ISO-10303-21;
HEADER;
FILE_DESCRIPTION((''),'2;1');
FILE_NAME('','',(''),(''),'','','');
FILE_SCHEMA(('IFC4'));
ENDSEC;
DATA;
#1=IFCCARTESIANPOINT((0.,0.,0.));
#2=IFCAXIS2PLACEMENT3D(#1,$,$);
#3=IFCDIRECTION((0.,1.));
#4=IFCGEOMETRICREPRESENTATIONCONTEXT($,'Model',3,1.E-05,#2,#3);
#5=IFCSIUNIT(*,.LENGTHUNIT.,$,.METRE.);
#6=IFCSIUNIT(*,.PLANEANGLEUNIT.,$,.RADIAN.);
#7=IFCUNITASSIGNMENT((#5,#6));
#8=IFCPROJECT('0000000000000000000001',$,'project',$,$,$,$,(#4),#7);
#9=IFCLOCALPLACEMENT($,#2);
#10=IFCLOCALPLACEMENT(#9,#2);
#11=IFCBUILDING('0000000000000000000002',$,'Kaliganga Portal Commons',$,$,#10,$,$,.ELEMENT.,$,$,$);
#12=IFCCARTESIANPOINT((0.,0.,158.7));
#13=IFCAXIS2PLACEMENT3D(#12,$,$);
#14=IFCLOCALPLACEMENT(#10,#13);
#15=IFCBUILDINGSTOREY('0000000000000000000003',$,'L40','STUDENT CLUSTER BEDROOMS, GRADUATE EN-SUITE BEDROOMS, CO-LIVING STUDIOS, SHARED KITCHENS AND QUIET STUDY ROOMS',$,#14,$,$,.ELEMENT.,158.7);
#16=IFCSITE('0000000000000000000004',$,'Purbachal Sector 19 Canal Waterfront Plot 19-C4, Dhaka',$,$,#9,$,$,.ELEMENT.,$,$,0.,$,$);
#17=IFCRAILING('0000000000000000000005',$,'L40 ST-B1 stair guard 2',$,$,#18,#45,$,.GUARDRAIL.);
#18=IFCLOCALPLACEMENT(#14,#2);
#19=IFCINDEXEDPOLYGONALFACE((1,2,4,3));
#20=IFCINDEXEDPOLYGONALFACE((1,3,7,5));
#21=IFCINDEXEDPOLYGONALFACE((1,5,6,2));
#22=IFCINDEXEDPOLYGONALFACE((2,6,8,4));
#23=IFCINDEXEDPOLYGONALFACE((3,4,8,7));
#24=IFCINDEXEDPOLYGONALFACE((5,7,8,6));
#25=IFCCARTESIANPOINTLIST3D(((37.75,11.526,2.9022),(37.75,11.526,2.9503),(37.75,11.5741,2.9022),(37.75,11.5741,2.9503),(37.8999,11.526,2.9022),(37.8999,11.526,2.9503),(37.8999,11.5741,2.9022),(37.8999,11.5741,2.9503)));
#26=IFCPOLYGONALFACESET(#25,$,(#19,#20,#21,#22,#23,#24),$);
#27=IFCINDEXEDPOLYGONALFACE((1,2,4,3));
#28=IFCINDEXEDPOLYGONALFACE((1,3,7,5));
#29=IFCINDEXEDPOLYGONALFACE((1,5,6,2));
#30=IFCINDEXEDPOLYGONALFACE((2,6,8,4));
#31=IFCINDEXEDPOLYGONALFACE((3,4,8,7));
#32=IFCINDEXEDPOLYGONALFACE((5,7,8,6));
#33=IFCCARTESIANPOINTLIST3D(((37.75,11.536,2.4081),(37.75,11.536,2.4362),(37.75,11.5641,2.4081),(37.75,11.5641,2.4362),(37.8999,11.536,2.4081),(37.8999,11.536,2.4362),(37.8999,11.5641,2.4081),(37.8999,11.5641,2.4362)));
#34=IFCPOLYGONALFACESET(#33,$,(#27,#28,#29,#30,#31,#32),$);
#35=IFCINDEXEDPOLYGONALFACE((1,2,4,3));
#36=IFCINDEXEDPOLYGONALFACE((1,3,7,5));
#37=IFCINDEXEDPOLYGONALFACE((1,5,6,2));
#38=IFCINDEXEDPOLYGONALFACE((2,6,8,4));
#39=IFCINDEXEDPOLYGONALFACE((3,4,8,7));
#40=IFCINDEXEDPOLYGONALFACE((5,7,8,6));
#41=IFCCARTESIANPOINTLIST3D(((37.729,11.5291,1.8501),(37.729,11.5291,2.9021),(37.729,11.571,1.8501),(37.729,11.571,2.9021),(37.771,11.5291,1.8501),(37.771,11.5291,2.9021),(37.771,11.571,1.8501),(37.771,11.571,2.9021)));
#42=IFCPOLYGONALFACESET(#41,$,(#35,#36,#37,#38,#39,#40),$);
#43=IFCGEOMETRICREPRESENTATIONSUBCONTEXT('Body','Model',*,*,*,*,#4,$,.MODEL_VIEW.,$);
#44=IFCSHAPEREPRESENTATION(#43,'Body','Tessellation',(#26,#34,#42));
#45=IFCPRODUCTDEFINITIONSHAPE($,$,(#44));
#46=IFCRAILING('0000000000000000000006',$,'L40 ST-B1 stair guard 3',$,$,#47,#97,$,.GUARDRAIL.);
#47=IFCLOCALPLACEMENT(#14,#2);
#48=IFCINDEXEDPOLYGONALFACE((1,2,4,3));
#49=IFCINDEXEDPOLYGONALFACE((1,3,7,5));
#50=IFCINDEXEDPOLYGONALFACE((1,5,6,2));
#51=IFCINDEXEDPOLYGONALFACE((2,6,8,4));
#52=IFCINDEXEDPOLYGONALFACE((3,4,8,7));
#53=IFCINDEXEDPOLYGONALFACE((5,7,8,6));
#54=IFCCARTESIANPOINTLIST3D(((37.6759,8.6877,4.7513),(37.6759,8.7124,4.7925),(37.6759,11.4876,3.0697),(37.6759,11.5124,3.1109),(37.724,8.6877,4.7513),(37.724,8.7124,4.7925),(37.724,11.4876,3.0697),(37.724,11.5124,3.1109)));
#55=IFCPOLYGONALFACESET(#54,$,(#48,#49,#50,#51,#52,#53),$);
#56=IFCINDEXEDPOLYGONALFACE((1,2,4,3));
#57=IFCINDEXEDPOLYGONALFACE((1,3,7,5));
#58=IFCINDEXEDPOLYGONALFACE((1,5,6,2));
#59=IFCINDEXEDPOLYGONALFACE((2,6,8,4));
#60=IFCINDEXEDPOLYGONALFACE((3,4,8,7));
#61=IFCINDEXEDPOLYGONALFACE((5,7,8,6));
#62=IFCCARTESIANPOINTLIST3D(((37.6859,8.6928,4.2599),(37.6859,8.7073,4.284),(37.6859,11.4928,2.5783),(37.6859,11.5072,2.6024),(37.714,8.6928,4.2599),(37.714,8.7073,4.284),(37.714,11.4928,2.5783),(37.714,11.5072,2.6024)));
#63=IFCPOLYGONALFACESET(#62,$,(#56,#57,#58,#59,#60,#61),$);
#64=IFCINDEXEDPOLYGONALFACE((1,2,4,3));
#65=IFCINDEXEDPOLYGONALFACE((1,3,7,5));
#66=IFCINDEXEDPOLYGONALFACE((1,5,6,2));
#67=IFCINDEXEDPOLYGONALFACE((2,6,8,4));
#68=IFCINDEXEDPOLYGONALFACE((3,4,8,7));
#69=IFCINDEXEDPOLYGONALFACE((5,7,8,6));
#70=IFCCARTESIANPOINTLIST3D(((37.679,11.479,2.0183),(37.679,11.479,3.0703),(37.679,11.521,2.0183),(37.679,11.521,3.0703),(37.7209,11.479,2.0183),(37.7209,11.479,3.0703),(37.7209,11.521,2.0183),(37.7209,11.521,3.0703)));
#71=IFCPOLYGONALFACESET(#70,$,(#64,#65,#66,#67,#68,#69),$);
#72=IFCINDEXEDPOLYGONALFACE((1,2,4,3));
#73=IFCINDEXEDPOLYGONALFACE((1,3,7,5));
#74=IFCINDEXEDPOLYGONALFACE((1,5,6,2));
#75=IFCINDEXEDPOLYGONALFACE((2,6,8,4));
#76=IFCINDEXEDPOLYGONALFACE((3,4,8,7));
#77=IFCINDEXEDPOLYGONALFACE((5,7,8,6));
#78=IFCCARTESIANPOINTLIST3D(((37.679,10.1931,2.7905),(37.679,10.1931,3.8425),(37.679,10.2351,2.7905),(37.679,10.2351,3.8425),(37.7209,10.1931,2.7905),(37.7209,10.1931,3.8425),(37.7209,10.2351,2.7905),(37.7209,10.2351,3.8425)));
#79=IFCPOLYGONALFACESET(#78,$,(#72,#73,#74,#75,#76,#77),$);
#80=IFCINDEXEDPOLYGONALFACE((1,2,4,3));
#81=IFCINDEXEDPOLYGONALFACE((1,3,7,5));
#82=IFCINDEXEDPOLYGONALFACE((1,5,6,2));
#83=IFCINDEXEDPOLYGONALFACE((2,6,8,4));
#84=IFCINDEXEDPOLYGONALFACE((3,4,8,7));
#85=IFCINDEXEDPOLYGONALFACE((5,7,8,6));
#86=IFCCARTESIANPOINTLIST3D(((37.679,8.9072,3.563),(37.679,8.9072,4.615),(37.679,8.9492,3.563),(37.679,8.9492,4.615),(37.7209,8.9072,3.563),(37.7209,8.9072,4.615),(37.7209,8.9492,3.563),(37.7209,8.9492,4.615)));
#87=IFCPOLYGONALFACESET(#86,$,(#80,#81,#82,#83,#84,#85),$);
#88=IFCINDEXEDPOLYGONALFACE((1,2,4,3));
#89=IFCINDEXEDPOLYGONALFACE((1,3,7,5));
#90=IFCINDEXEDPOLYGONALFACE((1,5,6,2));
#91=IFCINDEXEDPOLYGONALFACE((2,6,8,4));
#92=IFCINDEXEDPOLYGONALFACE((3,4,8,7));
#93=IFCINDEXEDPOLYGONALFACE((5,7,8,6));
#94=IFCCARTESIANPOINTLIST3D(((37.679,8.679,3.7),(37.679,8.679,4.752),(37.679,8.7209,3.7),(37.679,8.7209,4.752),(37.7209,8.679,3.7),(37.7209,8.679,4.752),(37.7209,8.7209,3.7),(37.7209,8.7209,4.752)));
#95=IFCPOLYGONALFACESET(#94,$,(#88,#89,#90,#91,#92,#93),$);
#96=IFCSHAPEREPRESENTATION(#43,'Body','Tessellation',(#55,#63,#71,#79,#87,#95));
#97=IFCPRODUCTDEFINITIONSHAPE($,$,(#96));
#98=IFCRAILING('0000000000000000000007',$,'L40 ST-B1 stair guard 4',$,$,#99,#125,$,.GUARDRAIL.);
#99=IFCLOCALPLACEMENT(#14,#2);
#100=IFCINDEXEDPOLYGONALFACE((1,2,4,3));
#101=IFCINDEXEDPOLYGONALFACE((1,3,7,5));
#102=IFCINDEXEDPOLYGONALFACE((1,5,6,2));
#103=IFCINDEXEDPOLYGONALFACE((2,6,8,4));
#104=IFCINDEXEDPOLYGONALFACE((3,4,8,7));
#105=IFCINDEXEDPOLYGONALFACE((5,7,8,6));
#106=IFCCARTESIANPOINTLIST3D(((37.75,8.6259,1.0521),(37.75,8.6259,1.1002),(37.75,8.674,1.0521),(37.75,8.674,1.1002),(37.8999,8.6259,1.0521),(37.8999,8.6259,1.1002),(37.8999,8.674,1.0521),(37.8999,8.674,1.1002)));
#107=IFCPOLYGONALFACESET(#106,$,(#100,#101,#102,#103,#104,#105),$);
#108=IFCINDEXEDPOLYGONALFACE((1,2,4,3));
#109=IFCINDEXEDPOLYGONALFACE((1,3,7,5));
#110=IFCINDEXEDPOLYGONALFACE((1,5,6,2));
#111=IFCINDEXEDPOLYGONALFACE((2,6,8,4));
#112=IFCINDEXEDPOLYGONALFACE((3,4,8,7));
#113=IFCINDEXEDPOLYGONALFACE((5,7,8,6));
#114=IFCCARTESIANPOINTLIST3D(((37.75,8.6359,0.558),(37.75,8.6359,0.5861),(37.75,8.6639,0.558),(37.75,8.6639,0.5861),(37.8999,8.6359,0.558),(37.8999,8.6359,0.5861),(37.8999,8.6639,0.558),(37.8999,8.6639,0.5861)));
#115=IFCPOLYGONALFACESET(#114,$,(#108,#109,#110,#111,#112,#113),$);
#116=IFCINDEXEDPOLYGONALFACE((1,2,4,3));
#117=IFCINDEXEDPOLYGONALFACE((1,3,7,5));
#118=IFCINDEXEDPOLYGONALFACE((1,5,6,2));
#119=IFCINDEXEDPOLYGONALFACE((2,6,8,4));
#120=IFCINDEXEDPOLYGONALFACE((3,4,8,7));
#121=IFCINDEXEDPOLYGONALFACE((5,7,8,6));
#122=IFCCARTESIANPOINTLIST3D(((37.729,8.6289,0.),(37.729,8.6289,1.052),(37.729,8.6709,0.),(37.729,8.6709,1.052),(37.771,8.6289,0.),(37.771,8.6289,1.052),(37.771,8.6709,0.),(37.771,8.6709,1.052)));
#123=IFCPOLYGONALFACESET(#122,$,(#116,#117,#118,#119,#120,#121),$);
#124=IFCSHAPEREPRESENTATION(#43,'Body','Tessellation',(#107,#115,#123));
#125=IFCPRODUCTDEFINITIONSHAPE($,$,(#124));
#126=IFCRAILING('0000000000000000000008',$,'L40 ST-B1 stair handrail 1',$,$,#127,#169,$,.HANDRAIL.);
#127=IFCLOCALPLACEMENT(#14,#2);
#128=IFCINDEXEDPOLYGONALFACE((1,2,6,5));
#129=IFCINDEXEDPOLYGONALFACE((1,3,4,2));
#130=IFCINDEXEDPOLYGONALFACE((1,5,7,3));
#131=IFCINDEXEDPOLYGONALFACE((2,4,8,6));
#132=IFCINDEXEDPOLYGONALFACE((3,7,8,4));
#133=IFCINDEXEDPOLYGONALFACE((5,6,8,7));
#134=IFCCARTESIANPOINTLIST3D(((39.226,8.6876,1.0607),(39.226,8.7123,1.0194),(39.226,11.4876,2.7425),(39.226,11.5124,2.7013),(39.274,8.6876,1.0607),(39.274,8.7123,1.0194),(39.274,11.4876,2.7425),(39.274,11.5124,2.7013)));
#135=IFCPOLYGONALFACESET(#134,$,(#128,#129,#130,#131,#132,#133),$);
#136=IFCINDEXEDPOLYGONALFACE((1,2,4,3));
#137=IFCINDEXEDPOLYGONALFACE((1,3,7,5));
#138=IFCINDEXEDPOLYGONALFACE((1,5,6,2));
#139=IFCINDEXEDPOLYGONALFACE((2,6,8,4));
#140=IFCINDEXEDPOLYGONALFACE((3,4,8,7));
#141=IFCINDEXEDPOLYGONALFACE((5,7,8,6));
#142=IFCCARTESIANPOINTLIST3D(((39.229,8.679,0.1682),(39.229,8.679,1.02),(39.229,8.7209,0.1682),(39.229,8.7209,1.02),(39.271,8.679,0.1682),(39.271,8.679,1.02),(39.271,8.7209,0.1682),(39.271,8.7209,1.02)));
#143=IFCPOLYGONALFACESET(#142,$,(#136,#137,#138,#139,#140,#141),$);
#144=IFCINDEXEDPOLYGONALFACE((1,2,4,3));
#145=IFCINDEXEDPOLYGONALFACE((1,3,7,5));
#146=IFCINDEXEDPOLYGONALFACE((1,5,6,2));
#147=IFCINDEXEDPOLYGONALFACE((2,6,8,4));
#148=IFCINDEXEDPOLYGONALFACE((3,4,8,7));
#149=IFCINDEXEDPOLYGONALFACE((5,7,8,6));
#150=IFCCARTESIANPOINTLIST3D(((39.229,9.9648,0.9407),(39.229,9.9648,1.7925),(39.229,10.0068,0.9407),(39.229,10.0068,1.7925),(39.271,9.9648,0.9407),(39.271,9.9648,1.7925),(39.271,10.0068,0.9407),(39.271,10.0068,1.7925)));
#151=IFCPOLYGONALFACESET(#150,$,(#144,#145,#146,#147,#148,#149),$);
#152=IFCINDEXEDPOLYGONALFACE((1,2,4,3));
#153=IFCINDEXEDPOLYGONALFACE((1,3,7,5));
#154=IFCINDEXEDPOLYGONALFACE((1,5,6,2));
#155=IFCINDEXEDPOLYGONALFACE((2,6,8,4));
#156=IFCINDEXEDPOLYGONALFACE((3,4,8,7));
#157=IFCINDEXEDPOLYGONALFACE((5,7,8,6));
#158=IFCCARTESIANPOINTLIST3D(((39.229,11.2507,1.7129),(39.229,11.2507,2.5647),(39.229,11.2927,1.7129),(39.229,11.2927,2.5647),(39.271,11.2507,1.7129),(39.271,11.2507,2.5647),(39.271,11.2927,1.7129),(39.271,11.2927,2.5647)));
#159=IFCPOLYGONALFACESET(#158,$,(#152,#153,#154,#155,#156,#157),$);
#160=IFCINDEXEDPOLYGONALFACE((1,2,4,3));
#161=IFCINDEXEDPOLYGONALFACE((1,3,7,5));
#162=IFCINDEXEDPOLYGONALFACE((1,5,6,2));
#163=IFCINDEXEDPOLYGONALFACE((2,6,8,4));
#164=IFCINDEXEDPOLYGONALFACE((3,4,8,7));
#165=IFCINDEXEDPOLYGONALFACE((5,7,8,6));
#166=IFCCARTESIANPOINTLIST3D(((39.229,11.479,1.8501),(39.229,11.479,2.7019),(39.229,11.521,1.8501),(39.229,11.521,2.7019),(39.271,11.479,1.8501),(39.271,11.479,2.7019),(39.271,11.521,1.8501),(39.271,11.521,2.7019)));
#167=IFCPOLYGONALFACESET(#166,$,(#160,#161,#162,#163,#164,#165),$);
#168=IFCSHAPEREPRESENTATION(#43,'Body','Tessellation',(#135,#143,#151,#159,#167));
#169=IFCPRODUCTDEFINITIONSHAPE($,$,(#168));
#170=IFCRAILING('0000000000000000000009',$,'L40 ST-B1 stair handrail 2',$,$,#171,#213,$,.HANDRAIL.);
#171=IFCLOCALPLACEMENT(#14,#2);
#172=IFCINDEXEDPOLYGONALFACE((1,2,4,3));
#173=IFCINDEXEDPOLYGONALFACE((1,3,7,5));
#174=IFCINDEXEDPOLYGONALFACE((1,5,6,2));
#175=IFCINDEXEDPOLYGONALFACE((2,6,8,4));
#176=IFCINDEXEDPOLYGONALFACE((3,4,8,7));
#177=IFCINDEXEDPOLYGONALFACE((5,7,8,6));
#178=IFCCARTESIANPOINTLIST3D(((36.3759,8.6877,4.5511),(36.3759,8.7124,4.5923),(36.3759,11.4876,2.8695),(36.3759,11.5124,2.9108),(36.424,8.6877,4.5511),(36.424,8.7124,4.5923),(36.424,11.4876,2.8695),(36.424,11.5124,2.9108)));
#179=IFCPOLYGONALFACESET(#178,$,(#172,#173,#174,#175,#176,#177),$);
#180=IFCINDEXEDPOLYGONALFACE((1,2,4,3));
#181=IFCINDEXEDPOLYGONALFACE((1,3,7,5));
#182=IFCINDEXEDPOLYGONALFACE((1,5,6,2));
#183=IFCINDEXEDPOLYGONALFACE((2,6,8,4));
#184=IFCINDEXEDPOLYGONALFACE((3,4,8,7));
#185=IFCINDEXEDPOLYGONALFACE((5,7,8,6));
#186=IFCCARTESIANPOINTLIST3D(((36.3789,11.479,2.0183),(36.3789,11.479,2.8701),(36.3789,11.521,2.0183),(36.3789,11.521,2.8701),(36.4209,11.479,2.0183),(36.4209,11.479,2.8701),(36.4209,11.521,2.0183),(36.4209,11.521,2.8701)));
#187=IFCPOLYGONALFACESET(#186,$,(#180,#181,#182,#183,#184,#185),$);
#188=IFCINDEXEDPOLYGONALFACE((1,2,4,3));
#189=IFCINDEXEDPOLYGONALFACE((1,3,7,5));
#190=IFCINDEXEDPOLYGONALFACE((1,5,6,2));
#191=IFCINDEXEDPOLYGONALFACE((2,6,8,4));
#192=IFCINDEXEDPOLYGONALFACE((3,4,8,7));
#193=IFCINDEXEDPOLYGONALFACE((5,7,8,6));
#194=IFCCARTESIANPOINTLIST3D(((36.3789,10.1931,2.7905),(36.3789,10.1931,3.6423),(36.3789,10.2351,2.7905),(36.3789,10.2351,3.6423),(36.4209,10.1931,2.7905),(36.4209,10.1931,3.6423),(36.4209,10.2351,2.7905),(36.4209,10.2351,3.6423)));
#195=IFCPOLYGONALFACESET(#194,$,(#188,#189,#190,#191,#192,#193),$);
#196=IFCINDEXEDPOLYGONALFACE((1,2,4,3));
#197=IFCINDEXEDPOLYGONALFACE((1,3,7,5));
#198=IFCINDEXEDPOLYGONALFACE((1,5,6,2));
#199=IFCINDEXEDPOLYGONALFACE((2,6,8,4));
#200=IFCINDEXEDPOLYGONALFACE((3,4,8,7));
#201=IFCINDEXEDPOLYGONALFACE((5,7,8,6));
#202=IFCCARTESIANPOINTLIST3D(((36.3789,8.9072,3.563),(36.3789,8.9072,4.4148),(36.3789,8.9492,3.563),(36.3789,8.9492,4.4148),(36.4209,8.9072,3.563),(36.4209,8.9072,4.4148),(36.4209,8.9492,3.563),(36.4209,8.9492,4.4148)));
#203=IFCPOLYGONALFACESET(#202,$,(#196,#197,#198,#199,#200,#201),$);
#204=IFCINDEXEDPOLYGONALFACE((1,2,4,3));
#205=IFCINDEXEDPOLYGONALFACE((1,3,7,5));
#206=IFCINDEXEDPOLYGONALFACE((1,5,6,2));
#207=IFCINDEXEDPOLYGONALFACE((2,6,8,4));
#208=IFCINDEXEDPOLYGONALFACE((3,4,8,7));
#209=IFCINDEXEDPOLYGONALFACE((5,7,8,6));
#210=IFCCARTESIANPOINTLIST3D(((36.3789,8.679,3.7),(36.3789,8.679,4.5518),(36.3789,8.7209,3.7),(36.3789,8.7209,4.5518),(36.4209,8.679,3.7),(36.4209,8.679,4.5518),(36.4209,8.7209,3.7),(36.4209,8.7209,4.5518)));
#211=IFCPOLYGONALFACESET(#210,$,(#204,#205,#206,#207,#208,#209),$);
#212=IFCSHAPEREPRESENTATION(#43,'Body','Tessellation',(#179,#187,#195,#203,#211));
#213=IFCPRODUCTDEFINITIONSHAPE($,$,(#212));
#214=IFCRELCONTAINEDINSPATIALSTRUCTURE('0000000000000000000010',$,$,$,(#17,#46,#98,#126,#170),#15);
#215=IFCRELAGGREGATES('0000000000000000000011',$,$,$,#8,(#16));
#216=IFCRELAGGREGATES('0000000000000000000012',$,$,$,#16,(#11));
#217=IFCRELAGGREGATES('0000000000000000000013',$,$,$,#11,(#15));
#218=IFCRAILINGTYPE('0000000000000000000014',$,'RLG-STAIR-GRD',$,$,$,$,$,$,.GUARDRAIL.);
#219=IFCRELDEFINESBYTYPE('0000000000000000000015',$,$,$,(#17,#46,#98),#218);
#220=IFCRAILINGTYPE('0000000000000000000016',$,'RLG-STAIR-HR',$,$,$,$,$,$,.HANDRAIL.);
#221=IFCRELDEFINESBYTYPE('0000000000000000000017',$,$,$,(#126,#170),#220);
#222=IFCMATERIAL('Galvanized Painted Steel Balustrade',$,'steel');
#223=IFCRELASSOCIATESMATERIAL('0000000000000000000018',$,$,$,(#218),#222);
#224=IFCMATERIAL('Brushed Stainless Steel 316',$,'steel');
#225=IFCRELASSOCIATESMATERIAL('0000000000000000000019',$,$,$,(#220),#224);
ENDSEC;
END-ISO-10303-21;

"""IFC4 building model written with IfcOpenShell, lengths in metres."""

from ifc_helpers import new_model, si_unit, direction, frame, origin, origin_2d, place, context, subcontext, project, spatial, rectangle, extrude, material, type_object, element, save


model = new_model("IFC4")

# Units and contexts
model_context = context("Model", 3, precision=1e-05, world=origin(), true_north=direction((0.0, 1.0)))
body_context = subcontext(model_context, "Body", "Model", "MODEL_VIEW")
ifc_project = project(units=[si_unit("LENGTHUNIT", "METRE"), si_unit("PLANEANGLEUNIT", "RADIAN")], contexts=[model_context])

# Site, building, storey
site_placement = place(None, origin())
site = spatial("IfcSite", under=ifc_project, at=site_placement, Name="Purbachal Sector 19 Canal Waterfront Plot 19-C4, Dhaka", CompositionType="ELEMENT", RefElevation=0.0)
building_placement = place(site_placement, origin())
building = spatial("IfcBuilding", under=site, at=building_placement, Name="Kaliganga Portal Commons", CompositionType="ELEMENT")
storey_placement = place(building_placement, frame((0.0, 0.0, 158.7)))
storey = spatial("IfcBuildingStorey", under=building, at=storey_placement, Name="L40", Description="STUDENT CLUSTER BEDROOMS, GRADUATE EN-SUITE BEDROOMS, CO-LIVING STUDIOS, SHARED KITCHENS AND QUIET STUDY ROOMS", CompositionType="ELEMENT", Elevation=158.7)

# Railings
ifc_material_1 = material(Name="Galvanized Painted Steel Balustrade", Category="steel")
railing_type_1 = type_object("IfcRailingType", Name="RLG-STAIR-GRD", PredefinedType="GUARDRAIL", material=ifc_material_1)
railing_1_placement = place(storey_placement, frame((37.8999, 11.55, 1.8501)))
element("IfcRailing", 1, at=railing_1_placement, inside=storey, type_object=railing_type_1, Name="L40 ST-B1 stair guard 2", PredefinedType="GUARDRAIL", context=body_context, shape_type="SweptSolid", body=[
    extrude(rectangle(XDim=0.0481, YDim=0.0481, at=origin_2d()), frame((0.0, 0.0, 1.0762), z_axis=(-1.0, 0.0, 0.0), x_axis=(0.0, -1.0, 0.0)), (0.0, 0.0, 1.0), 0.1499),
    extrude(rectangle(XDim=0.0281, YDim=0.0281, at=origin_2d()), frame((0.0, 0.0, 0.572), z_axis=(-1.0, 0.0, 0.0), x_axis=(0.0, -1.0, 0.0)), (0.0, 0.0, 1.0), 0.1499),
    extrude(rectangle(XDim=0.042, YDim=0.042, at=origin_2d()), frame((-0.1499, 0.0, 0.0)), (0.0, 0.0, 1.0), 1.052),
])
railing_2_placement = place(storey_placement, frame((37.7, 11.5, 2.0183)))
element("IfcRailing", 2, at=railing_2_placement, inside=storey, type_object=railing_type_1, Name="L40 ST-B1 stair guard 3", PredefinedType="GUARDRAIL", context=body_context, shape_type="SweptSolid", body=[
    extrude(rectangle(XDim=0.0481, YDim=0.0481, at=origin_2d()), frame((0.0, 0.0, 1.072), z_axis=(0.0, -0.857275, 0.514858), x_axis=(1.0, 0.0, 0.0)), (0.0, 0.0, 1.0), 3.2661),
    extrude(rectangle(XDim=0.0281, YDim=0.0281, at=origin_2d()), frame((0.0, 0.0, 0.572), z_axis=(0.0, -0.857275, 0.514858), x_axis=(1.0, 0.0, 0.0)), (0.0, 0.0, 1.0), 3.2661),
    extrude(rectangle(XDim=0.042, YDim=0.042, at=origin_2d()), origin(), (0.0, 0.0, 1.0), 1.052),
    extrude(rectangle(XDim=0.042, YDim=0.042, at=origin_2d()), frame((0.0, -1.2859, 0.7722)), (0.0, 0.0, 1.0), 1.052),
    extrude(rectangle(XDim=0.042, YDim=0.042, at=origin_2d()), frame((0.0, -2.5718, 1.5447)), (0.0, 0.0, 1.0), 1.052),
    extrude(rectangle(XDim=0.042, YDim=0.042, at=origin_2d()), frame((0.0, -2.8, 1.6816)), (0.0, 0.0, 1.0), 1.052),
])
railing_3_placement = place(storey_placement, frame((37.8999, 8.6499, 0.0)))
element("IfcRailing", 3, at=railing_3_placement, inside=storey, type_object=railing_type_1, Name="L40 ST-B1 stair guard 4", PredefinedType="GUARDRAIL", context=body_context, shape_type="SweptSolid", body=[
    extrude(rectangle(XDim=0.0481, YDim=0.0481, at=origin_2d()), frame((0.0, 0.0, 1.0762), z_axis=(-1.0, 0.0, 0.0), x_axis=(0.0, -1.0, 0.0)), (0.0, 0.0, 1.0), 0.1499),
    extrude(rectangle(XDim=0.0281, YDim=0.0281, at=origin_2d()), frame((0.0, 0.0, 0.572), z_axis=(-1.0, 0.0, 0.0), x_axis=(0.0, -1.0, 0.0)), (0.0, 0.0, 1.0), 0.1499),
    extrude(rectangle(XDim=0.042, YDim=0.042, at=origin_2d()), frame((-0.1499, 0.0, 0.0)), (0.0, 0.0, 1.0), 1.052),
])
ifc_material_2 = material(Name="Brushed Stainless Steel 316", Category="steel")
railing_type_2 = type_object("IfcRailingType", Name="RLG-STAIR-HR", PredefinedType="HANDRAIL", material=ifc_material_2)
railing_4_placement = place(storey_placement, frame((39.25, 8.7, 0.1682)))
element("IfcRailing", 4, at=railing_4_placement, inside=storey, type_object=railing_type_2, Name="L40 ST-B1 stair handrail 1", PredefinedType="HANDRAIL", context=body_context, shape_type="SweptSolid", body=[
    extrude(rectangle(XDim=0.0481, YDim=0.0481, at=origin_2d()), frame((0.0, 0.0, 0.8718), z_axis=(0.0, 0.857242, 0.514913), x_axis=(-1.0, 0.0, 0.0)), (0.0, 0.0, 1.0), 3.2664),
    extrude(rectangle(XDim=0.042, YDim=0.042, at=origin_2d()), origin(), (0.0, 0.0, 1.0), 0.8518),
    extrude(rectangle(XDim=0.042, YDim=0.042, at=origin_2d()), frame((0.0, 1.2859, 0.7725)), (0.0, 0.0, 1.0), 0.8518),
    extrude(rectangle(XDim=0.042, YDim=0.042, at=origin_2d()), frame((0.0, 2.5718, 1.5447)), (0.0, 0.0, 1.0), 0.8518),
    extrude(rectangle(XDim=0.042, YDim=0.042, at=origin_2d()), frame((0.0, 2.8, 1.6819)), (0.0, 0.0, 1.0), 0.8518),
])
railing_5_placement = place(storey_placement, frame((36.3999, 11.5, 2.0183)))
element("IfcRailing", 5, at=railing_5_placement, inside=storey, type_object=railing_type_2, Name="L40 ST-B1 stair handrail 2", PredefinedType="HANDRAIL", context=body_context, shape_type="SweptSolid", body=[
    extrude(rectangle(XDim=0.0481, YDim=0.0481, at=origin_2d()), frame((0.0, 0.0, 0.8718), z_axis=(0.0, -0.857275, 0.514858), x_axis=(1.0, 0.0, 0.0)), (0.0, 0.0, 1.0), 3.2661),
    extrude(rectangle(XDim=0.042, YDim=0.042, at=origin_2d()), origin(), (0.0, 0.0, 1.0), 0.8518),
    extrude(rectangle(XDim=0.042, YDim=0.042, at=origin_2d()), frame((0.0, -1.2859, 0.7722)), (0.0, 0.0, 1.0), 0.8518),
    extrude(rectangle(XDim=0.042, YDim=0.042, at=origin_2d()), frame((0.0, -2.5718, 1.5447)), (0.0, 0.0, 1.0), 0.8518),
    extrude(rectangle(XDim=0.042, YDim=0.042, at=origin_2d()), frame((0.0, -2.8, 1.6816)), (0.0, 0.0, 1.0), 0.8518),
])

save(model, "model.ifc")
